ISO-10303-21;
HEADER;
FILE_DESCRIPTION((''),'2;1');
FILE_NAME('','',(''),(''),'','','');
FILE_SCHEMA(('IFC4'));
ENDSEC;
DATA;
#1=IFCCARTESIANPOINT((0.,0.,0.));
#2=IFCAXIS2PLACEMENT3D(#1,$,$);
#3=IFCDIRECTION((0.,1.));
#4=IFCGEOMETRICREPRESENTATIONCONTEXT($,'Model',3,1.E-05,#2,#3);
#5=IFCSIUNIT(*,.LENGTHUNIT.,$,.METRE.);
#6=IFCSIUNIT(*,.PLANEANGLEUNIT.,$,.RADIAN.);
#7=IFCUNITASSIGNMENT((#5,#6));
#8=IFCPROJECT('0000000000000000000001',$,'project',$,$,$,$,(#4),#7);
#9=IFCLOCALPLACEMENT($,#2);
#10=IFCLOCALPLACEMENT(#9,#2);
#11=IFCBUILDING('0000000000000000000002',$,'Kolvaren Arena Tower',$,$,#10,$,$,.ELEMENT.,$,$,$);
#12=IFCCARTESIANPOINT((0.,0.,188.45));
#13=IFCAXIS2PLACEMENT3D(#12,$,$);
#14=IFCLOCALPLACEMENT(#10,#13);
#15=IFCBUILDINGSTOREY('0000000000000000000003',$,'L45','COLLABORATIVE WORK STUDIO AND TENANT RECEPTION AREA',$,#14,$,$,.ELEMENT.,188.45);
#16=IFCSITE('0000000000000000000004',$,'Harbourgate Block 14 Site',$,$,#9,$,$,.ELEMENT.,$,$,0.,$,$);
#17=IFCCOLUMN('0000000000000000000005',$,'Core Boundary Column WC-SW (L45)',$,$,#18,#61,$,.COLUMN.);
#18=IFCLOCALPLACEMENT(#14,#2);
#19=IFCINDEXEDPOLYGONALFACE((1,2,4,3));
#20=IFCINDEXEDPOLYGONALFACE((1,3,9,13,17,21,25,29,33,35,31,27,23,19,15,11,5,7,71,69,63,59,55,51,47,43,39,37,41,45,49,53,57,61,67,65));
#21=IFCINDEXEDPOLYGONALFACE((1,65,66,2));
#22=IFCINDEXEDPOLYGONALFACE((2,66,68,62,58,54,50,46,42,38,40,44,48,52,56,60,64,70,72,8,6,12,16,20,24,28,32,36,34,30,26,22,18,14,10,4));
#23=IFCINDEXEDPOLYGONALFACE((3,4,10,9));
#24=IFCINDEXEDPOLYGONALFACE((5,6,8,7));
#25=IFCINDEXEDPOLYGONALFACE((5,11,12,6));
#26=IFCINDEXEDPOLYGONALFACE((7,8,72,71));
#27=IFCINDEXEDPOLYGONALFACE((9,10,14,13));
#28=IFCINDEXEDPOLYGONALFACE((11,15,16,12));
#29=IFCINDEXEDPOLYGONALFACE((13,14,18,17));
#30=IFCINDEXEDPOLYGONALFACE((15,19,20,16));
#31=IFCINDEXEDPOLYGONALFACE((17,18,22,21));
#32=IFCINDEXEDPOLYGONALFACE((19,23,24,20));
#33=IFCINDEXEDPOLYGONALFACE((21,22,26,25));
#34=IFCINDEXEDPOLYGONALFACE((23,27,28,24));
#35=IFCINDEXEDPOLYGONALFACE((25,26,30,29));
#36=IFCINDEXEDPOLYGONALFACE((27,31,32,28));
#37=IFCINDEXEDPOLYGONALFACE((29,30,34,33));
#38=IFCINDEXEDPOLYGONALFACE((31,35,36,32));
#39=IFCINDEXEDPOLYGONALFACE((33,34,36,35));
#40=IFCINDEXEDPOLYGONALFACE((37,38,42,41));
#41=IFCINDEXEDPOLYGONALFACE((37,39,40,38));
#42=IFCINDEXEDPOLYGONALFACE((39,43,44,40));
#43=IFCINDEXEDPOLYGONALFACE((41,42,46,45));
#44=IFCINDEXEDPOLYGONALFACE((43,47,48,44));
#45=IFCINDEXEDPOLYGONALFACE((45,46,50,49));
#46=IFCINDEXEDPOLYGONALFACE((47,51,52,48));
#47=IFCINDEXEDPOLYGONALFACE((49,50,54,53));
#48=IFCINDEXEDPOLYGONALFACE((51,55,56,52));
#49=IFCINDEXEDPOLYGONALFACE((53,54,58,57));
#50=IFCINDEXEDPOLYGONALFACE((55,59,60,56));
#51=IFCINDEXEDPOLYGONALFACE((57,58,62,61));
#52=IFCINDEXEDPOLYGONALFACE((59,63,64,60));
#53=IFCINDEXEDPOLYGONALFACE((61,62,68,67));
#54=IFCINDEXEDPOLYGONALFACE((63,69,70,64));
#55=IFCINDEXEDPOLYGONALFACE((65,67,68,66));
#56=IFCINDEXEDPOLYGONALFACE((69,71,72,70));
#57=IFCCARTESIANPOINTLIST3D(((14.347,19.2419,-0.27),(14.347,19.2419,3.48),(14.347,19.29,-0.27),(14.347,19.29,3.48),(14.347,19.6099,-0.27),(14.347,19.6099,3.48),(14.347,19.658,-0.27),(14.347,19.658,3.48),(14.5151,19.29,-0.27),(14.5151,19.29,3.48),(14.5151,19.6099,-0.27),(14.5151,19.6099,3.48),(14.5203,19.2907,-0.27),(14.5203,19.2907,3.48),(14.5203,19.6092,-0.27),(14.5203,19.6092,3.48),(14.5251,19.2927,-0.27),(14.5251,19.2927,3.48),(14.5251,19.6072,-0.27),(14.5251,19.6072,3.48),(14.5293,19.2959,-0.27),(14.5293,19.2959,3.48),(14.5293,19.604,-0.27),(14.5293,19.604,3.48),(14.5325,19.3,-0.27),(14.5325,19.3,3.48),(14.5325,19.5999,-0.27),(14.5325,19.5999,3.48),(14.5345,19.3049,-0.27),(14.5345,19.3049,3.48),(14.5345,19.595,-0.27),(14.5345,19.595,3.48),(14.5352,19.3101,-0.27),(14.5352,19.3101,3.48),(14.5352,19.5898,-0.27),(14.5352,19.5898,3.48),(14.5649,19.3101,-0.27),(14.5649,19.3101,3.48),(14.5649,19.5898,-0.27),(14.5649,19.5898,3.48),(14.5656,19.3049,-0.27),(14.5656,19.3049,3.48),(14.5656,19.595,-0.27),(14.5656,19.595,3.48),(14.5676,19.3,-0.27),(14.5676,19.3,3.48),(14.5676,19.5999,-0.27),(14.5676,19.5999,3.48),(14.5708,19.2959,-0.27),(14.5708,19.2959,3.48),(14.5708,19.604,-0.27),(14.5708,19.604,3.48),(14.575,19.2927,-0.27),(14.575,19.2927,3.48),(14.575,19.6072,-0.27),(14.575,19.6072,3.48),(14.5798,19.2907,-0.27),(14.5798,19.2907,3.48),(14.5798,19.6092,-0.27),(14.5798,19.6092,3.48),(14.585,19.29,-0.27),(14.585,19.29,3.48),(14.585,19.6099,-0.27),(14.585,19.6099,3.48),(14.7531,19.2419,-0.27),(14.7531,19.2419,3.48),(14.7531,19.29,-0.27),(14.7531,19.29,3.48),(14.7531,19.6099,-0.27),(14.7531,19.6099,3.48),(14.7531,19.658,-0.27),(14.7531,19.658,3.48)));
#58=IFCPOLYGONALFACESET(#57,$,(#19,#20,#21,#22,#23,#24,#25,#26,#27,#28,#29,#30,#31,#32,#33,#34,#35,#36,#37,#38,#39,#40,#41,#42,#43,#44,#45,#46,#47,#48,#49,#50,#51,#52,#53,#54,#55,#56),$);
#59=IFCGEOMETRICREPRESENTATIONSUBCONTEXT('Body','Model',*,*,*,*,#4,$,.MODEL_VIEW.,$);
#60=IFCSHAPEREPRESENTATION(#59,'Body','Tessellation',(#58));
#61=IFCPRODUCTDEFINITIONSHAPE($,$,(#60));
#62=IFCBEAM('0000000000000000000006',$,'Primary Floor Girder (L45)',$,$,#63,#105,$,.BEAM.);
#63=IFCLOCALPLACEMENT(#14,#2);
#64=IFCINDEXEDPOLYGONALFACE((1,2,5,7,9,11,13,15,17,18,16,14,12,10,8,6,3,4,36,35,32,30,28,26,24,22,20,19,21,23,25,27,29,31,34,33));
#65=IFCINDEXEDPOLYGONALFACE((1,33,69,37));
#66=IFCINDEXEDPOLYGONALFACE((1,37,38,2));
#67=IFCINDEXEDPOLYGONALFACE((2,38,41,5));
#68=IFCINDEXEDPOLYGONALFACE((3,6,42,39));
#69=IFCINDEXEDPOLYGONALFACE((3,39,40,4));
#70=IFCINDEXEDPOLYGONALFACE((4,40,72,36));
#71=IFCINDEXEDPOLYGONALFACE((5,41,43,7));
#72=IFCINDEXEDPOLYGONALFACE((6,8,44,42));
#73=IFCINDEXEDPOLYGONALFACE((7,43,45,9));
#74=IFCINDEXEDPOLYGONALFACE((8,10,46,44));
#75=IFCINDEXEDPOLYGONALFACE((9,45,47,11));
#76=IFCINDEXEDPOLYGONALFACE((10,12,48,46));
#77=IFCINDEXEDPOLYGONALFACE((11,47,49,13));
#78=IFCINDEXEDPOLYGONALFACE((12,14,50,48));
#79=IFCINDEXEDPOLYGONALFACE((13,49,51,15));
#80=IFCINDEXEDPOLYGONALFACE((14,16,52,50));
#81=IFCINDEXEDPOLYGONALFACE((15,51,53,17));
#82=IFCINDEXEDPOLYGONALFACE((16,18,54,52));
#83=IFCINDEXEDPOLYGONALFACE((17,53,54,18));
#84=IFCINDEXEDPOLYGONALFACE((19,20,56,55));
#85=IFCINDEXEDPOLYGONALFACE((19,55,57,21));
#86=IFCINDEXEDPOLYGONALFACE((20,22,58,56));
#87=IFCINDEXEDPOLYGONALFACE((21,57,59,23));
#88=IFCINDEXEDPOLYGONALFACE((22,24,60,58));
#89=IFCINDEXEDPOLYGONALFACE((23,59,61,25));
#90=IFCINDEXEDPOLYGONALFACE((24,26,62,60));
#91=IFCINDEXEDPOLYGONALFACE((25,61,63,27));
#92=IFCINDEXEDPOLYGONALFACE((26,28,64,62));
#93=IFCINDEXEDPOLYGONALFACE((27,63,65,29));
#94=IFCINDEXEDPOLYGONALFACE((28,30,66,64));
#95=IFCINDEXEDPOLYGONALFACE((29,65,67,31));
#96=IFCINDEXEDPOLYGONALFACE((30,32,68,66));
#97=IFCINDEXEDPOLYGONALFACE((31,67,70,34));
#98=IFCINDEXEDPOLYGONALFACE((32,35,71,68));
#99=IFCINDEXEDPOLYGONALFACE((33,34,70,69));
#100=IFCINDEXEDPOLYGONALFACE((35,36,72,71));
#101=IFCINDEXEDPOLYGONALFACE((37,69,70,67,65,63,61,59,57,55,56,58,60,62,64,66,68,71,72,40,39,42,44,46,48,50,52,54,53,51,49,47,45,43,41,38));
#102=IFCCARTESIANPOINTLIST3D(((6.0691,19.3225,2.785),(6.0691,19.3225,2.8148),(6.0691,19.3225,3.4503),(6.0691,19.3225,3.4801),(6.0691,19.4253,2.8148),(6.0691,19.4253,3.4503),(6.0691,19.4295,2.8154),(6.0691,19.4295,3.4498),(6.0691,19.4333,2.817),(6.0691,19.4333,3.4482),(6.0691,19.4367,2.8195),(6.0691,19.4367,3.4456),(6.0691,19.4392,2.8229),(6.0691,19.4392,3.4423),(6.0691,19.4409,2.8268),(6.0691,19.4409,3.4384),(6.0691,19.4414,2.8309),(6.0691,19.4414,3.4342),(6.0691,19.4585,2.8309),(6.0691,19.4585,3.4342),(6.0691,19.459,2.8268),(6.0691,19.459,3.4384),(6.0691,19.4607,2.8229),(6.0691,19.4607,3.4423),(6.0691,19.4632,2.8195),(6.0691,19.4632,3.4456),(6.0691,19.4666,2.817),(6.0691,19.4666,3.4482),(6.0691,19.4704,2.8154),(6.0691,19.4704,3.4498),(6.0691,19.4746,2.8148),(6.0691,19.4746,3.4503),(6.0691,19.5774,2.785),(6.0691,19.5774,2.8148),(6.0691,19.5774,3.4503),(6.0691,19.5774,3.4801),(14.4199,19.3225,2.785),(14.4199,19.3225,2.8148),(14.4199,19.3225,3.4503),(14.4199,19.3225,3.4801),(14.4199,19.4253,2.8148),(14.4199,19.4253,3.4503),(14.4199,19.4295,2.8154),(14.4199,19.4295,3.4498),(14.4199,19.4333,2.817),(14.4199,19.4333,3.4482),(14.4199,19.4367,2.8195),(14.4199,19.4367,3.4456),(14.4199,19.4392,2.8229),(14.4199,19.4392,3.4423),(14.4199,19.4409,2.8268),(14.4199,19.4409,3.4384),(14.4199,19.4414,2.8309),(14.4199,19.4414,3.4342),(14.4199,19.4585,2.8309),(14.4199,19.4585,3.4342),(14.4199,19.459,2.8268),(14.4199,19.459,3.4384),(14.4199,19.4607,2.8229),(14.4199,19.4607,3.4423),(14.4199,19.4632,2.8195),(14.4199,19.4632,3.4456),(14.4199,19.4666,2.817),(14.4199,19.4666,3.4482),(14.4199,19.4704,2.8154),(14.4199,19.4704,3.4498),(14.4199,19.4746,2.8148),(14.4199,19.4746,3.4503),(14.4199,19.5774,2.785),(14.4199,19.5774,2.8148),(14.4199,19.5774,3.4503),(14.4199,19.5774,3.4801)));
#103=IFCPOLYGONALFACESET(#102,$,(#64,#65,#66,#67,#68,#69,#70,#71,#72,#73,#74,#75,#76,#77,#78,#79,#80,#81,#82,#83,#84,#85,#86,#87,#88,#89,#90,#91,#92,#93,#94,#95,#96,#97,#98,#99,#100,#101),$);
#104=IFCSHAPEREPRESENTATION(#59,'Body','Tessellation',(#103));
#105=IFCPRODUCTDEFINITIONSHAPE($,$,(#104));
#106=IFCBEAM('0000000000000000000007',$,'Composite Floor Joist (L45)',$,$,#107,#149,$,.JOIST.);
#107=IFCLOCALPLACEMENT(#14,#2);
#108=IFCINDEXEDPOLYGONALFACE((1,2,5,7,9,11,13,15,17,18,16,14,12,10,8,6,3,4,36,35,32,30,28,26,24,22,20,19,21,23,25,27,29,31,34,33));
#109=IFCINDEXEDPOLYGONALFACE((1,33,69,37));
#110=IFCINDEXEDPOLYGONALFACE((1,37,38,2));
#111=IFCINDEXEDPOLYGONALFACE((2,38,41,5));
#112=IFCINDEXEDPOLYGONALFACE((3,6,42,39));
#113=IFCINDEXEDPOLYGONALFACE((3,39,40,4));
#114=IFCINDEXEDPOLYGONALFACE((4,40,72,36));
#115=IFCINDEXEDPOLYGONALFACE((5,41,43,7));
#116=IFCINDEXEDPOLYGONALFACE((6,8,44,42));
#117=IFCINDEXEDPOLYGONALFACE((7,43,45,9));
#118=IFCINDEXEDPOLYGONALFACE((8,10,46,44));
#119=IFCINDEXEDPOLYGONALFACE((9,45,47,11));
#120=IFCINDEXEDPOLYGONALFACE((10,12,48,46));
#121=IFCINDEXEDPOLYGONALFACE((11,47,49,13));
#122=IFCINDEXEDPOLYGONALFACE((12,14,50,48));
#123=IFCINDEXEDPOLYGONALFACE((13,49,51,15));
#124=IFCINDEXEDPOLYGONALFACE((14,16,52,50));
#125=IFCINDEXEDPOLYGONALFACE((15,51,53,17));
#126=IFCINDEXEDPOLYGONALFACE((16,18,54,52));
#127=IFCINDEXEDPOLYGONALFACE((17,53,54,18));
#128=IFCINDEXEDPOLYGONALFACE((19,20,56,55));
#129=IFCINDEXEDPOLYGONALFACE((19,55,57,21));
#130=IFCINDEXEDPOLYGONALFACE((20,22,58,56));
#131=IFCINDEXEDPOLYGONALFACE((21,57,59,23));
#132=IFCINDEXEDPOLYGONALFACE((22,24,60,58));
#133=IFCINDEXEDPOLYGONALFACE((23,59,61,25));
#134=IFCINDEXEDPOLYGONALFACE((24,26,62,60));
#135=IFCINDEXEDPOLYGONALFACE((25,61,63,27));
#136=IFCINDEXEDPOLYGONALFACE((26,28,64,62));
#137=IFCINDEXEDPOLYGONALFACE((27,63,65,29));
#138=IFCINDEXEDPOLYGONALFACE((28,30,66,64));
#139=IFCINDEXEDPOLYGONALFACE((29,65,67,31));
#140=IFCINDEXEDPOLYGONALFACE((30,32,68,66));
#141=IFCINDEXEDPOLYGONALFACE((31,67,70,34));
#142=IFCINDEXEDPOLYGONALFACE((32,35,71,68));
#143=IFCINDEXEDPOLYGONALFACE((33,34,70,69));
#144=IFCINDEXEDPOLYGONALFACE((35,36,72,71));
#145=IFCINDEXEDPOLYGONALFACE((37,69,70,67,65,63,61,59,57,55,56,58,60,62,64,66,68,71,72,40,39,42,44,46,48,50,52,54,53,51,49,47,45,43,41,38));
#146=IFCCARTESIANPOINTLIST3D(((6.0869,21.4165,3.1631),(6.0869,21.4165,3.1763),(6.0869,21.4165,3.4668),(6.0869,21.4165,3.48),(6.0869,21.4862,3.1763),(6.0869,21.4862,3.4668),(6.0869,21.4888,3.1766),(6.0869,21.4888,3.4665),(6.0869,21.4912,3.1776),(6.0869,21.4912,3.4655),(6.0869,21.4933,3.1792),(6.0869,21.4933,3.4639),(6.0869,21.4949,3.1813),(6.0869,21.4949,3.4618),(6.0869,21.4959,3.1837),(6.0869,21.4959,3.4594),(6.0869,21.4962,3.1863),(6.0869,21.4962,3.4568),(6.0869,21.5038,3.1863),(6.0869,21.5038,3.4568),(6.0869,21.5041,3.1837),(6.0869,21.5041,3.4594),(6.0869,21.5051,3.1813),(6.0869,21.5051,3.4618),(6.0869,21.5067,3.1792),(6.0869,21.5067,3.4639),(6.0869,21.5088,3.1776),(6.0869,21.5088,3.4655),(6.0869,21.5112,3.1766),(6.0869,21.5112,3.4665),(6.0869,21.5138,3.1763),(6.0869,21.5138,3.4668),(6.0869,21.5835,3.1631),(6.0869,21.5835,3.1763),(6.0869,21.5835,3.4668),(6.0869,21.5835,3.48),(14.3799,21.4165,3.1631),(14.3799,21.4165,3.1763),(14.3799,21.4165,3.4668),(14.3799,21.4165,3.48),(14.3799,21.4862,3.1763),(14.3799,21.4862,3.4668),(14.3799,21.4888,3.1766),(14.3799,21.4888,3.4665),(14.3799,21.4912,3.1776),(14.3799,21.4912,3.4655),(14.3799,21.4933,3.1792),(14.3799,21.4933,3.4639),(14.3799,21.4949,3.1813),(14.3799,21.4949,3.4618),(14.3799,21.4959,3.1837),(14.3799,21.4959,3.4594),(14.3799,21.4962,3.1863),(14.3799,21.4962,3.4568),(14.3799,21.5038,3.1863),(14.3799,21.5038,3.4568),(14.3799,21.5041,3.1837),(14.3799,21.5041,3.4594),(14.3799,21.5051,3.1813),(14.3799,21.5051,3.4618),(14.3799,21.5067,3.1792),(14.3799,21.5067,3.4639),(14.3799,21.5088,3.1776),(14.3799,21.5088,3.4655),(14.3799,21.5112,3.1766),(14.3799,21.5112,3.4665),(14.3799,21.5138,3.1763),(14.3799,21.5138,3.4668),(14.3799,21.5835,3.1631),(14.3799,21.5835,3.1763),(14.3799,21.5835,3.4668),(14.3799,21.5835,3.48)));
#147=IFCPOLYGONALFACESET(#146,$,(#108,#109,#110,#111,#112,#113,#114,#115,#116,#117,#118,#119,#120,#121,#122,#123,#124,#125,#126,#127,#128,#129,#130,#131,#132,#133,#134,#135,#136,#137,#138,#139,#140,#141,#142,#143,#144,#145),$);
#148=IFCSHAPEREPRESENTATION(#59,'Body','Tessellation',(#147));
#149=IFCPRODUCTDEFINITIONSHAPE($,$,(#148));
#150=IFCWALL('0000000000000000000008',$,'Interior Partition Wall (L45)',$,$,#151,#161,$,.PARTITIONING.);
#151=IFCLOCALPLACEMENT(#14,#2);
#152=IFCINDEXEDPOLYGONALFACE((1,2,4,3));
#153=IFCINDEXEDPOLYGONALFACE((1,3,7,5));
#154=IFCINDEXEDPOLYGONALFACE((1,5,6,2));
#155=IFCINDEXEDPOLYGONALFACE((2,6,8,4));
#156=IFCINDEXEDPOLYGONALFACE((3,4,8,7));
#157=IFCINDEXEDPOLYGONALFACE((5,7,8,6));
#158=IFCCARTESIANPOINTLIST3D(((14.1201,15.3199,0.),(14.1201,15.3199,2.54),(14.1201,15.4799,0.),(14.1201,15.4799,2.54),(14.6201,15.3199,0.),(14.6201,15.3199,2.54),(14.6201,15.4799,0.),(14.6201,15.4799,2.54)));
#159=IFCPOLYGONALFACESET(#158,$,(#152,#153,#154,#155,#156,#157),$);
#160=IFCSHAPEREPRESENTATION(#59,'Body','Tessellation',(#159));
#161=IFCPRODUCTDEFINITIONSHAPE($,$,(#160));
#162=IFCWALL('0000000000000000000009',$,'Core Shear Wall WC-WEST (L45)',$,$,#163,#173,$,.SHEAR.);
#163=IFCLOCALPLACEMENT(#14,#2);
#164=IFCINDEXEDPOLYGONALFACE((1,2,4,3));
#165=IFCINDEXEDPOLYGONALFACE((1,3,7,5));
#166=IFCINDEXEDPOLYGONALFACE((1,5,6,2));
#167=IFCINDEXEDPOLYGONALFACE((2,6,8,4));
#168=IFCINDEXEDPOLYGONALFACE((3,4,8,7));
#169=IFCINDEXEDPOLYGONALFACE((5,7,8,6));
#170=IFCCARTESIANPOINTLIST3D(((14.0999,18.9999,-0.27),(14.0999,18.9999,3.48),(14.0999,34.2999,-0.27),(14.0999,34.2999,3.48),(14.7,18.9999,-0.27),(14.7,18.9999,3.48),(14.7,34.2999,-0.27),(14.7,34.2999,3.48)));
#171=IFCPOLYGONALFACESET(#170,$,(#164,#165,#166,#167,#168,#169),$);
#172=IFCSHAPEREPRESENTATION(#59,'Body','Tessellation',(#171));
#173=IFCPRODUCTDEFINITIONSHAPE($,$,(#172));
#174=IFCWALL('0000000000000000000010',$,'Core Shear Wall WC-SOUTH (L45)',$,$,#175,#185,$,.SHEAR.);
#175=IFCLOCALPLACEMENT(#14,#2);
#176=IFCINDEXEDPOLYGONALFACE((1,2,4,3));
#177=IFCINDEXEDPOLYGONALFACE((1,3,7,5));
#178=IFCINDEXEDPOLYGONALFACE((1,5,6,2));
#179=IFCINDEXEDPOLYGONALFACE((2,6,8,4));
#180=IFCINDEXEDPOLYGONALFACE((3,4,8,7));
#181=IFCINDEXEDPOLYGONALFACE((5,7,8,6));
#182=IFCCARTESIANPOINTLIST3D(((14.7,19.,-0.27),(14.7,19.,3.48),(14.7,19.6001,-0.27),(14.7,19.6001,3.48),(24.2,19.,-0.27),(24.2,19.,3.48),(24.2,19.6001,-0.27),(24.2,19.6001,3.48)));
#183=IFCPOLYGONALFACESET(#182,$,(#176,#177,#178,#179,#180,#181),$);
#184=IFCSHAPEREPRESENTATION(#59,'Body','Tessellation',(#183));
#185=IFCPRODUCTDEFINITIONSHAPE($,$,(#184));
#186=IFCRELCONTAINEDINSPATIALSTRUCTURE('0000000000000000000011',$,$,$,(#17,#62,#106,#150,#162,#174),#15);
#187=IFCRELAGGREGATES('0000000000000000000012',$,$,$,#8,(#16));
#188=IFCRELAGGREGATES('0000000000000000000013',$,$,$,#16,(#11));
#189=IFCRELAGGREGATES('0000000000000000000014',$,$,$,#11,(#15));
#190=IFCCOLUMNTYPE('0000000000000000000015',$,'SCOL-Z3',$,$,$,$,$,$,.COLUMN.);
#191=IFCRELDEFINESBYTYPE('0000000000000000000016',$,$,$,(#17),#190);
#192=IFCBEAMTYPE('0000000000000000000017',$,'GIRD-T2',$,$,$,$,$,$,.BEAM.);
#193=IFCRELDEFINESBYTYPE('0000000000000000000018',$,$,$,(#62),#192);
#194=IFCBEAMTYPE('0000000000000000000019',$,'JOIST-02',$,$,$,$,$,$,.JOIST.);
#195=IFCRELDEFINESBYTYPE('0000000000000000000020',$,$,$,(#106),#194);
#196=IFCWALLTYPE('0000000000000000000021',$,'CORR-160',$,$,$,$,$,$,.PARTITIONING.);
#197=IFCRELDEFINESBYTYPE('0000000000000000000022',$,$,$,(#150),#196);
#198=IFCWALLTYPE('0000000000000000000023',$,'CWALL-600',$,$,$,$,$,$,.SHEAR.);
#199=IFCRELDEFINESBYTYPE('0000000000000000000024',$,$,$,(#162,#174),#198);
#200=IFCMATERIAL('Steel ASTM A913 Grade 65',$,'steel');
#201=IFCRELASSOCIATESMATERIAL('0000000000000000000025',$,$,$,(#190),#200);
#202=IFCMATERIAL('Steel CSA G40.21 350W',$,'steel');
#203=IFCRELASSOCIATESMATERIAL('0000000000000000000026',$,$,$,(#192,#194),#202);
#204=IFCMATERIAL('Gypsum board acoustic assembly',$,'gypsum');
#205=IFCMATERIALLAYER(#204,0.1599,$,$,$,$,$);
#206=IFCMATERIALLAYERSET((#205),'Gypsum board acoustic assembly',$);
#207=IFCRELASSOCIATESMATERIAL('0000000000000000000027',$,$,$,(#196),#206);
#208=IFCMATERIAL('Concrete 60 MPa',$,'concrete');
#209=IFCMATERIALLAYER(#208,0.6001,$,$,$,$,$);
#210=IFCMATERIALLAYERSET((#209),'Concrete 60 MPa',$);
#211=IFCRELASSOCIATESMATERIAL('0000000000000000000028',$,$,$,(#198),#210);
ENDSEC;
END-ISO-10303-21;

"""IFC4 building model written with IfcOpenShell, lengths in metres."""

from ifc_helpers import new_model, si_unit, direction, frame, frame_2d, origin, origin_2d, place, context, subcontext, project, spatial, rectangle, i_section, extrude, material, layer, layer_set, material_profile, profile_set, type_object, element, save


model = new_model("IFC4")

# Units and contexts
model_context = context("Model", 3, precision=1e-05, world=origin(), true_north=direction((0.0, 1.0)))
body_context = subcontext(model_context, "Body", "Model", "MODEL_VIEW")
ifc_project = project(units=[si_unit("LENGTHUNIT", "METRE"), si_unit("PLANEANGLEUNIT", "RADIAN")], contexts=[model_context])

# Site, building, storey
site_placement = place(None, origin())
site = spatial("IfcSite", under=ifc_project, at=site_placement, Name="Harbourgate Block 14 Site", CompositionType="ELEMENT", RefElevation=0.0)
building_placement = place(site_placement, origin())
building = spatial("IfcBuilding", under=site, at=building_placement, Name="Kolvaren Arena Tower", CompositionType="ELEMENT")
storey_placement = place(building_placement, frame((0.0, 0.0, 188.45)))
storey = spatial("IfcBuildingStorey", under=building, at=storey_placement, Name="L45", Description="COLLABORATIVE WORK STUDIO AND TENANT RECEPTION AREA", CompositionType="ELEMENT", Elevation=188.45)

# Column
ifc_material_1 = material(Name="Steel ASTM A913 Grade 65", Category="steel")
ifc_material_profile_1 = material_profile(ifc_material_1, i_section(OverallWidth=0.406, OverallDepth=0.416, WebThickness=0.0298, FlangeThickness=0.0481, FilletRadius=0.02, at=origin_2d()), Name="W360x382")
ifc_profile_set_1 = profile_set([ifc_material_profile_1], Name="Steel ASTM A913 Grade 65")
column_type = type_object("IfcColumnType", Name="SCOL-Z3", PredefinedType="COLUMN", material=ifc_profile_set_1)
column_placement = place(storey_placement, frame((14.55, 19.45, -0.27), z_axis=(0.0, 0.0, 1.0), x_axis=(1.0, 0.0, 0.0)))
element("IfcColumn", 1, at=column_placement, inside=storey, type_object=column_type, Name="Core Boundary Column WC-SW (L45)", PredefinedType="COLUMN", context=body_context, shape_type="SweptSolid", body=[
    extrude(i_section(OverallWidth=0.406, OverallDepth=0.416, WebThickness=0.0298, FlangeThickness=0.0481, FilletRadius=0.02, at=origin_2d()), origin(), (0.0, 0.0, 1.0), 3.75),
])

# Beams
ifc_material_2 = material(Name="Steel CSA G40.21 350W", Category="steel")
ifc_material_profile_2 = material_profile(ifc_material_2, i_section(OverallWidth=0.2549, OverallDepth=0.6951, WebThickness=0.0171, FlangeThickness=0.0298, FilletRadius=0.0161, at=origin_2d()), Name="W690x217")
ifc_profile_set_2 = profile_set([ifc_material_profile_2], Name="Steel CSA G40.21 350W")
beam_type_1 = type_object("IfcBeamType", Name="GIRD-T2", PredefinedType="BEAM", material=ifc_profile_set_2)
beam_1_placement = place(storey_placement, frame((6.0691, 19.45, 3.1326), z_axis=(1.0, 0.0, 0.0), x_axis=(0.0, 1.0, 0.0)))
element("IfcBeam", 2, at=beam_1_placement, inside=storey, type_object=beam_type_1, Name="Primary Floor Girder (L45)", PredefinedType="BEAM", context=body_context, shape_type="SweptSolid", body=[
    extrude(i_section(OverallWidth=0.2549, OverallDepth=0.6951, WebThickness=0.0171, FlangeThickness=0.0298, FilletRadius=0.0161, at=origin_2d()), origin(), (0.0, 0.0, 1.0), 8.3508),
])
ifc_material_profile_3 = material_profile(ifc_material_2, i_section(OverallWidth=0.167, OverallDepth=0.3169, WebThickness=0.0076, FlangeThickness=0.0132, FilletRadius=0.01, at=origin_2d()), Name="W310x52")
ifc_profile_set_3 = profile_set([ifc_material_profile_3], Name="Steel CSA G40.21 350W")
beam_type_2 = type_object("IfcBeamType", Name="JOIST-02", PredefinedType="JOIST", material=ifc_profile_set_3)
beam_2_placement = place(storey_placement, frame((6.0869, 21.5, 3.3215), z_axis=(1.0, 0.0, 0.0), x_axis=(0.0, 1.0, 0.0)))
element("IfcBeam", 3, at=beam_2_placement, inside=storey, type_object=beam_type_2, Name="Composite Floor Joist (L45)", PredefinedType="JOIST", context=body_context, shape_type="SweptSolid", body=[
    extrude(i_section(OverallWidth=0.167, OverallDepth=0.3169, WebThickness=0.0076, FlangeThickness=0.0132, FilletRadius=0.01, at=origin_2d()), origin(), (0.0, 0.0, 1.0), 8.293),
])

# Walls
ifc_material_3 = material(Name="Gypsum board acoustic assembly", Category="gypsum")
ifc_layer_1 = layer(ifc_material_3, 0.1599)
ifc_layer_set_1 = layer_set([ifc_layer_1], Name="Gypsum board acoustic assembly")
wall_type_1 = type_object("IfcWallType", Name="CORR-160", PredefinedType="PARTITIONING", material=ifc_layer_set_1)
wall_1_placement = place(storey_placement, frame((14.1201, 15.3999, 0.0), z_axis=(0.0, 0.0, 1.0), x_axis=(1.0, 0.0, 0.0)))
element("IfcWall", 4, at=wall_1_placement, inside=storey, type_object=wall_type_1, Name="Interior Partition Wall (L45)", PredefinedType="PARTITIONING", context=body_context, shape_type="SweptSolid", body=[
    extrude(rectangle(XDim=0.5, YDim=0.1599, at=frame_2d((0.25, 0.0))), origin(), (0.0, 0.0, 1.0), 2.54),
])
ifc_material_4 = material(Name="Concrete 60 MPa", Category="concrete")
ifc_layer_2 = layer(ifc_material_4, 0.6001)
ifc_layer_set_2 = layer_set([ifc_layer_2], Name="Concrete 60 MPa")
wall_type_2 = type_object("IfcWallType", Name="CWALL-600", PredefinedType="SHEAR", material=ifc_layer_set_2)
wall_2_placement = place(storey_placement, frame((14.3999, 19.0, -0.27), z_axis=(0.0, 0.0, 1.0), x_axis=(0.0, 1.0, 0.0)))
element("IfcWall", 5, at=wall_2_placement, inside=storey, type_object=wall_type_2, Name="Core Shear Wall WC-WEST (L45)", PredefinedType="SHEAR", context=body_context, shape_type="SweptSolid", body=[
    extrude(rectangle(XDim=15.3, YDim=0.6001, at=frame_2d((7.6499, 0.0))), origin(), (0.0, 0.0, 1.0), 3.75),
])
wall_3_placement = place(storey_placement, frame((14.7, 19.3, -0.27), z_axis=(0.0, 0.0, 1.0), x_axis=(1.0, 0.0, 0.0)))
element("IfcWall", 6, at=wall_3_placement, inside=storey, type_object=wall_type_2, Name="Core Shear Wall WC-SOUTH (L45)", PredefinedType="SHEAR", context=body_context, shape_type="SweptSolid", body=[
    extrude(rectangle(XDim=9.5, YDim=0.6001, at=frame_2d((4.75, 0.0))), origin(), (0.0, 0.0, 1.0), 3.75),
])

save(model, "model.ifc")
